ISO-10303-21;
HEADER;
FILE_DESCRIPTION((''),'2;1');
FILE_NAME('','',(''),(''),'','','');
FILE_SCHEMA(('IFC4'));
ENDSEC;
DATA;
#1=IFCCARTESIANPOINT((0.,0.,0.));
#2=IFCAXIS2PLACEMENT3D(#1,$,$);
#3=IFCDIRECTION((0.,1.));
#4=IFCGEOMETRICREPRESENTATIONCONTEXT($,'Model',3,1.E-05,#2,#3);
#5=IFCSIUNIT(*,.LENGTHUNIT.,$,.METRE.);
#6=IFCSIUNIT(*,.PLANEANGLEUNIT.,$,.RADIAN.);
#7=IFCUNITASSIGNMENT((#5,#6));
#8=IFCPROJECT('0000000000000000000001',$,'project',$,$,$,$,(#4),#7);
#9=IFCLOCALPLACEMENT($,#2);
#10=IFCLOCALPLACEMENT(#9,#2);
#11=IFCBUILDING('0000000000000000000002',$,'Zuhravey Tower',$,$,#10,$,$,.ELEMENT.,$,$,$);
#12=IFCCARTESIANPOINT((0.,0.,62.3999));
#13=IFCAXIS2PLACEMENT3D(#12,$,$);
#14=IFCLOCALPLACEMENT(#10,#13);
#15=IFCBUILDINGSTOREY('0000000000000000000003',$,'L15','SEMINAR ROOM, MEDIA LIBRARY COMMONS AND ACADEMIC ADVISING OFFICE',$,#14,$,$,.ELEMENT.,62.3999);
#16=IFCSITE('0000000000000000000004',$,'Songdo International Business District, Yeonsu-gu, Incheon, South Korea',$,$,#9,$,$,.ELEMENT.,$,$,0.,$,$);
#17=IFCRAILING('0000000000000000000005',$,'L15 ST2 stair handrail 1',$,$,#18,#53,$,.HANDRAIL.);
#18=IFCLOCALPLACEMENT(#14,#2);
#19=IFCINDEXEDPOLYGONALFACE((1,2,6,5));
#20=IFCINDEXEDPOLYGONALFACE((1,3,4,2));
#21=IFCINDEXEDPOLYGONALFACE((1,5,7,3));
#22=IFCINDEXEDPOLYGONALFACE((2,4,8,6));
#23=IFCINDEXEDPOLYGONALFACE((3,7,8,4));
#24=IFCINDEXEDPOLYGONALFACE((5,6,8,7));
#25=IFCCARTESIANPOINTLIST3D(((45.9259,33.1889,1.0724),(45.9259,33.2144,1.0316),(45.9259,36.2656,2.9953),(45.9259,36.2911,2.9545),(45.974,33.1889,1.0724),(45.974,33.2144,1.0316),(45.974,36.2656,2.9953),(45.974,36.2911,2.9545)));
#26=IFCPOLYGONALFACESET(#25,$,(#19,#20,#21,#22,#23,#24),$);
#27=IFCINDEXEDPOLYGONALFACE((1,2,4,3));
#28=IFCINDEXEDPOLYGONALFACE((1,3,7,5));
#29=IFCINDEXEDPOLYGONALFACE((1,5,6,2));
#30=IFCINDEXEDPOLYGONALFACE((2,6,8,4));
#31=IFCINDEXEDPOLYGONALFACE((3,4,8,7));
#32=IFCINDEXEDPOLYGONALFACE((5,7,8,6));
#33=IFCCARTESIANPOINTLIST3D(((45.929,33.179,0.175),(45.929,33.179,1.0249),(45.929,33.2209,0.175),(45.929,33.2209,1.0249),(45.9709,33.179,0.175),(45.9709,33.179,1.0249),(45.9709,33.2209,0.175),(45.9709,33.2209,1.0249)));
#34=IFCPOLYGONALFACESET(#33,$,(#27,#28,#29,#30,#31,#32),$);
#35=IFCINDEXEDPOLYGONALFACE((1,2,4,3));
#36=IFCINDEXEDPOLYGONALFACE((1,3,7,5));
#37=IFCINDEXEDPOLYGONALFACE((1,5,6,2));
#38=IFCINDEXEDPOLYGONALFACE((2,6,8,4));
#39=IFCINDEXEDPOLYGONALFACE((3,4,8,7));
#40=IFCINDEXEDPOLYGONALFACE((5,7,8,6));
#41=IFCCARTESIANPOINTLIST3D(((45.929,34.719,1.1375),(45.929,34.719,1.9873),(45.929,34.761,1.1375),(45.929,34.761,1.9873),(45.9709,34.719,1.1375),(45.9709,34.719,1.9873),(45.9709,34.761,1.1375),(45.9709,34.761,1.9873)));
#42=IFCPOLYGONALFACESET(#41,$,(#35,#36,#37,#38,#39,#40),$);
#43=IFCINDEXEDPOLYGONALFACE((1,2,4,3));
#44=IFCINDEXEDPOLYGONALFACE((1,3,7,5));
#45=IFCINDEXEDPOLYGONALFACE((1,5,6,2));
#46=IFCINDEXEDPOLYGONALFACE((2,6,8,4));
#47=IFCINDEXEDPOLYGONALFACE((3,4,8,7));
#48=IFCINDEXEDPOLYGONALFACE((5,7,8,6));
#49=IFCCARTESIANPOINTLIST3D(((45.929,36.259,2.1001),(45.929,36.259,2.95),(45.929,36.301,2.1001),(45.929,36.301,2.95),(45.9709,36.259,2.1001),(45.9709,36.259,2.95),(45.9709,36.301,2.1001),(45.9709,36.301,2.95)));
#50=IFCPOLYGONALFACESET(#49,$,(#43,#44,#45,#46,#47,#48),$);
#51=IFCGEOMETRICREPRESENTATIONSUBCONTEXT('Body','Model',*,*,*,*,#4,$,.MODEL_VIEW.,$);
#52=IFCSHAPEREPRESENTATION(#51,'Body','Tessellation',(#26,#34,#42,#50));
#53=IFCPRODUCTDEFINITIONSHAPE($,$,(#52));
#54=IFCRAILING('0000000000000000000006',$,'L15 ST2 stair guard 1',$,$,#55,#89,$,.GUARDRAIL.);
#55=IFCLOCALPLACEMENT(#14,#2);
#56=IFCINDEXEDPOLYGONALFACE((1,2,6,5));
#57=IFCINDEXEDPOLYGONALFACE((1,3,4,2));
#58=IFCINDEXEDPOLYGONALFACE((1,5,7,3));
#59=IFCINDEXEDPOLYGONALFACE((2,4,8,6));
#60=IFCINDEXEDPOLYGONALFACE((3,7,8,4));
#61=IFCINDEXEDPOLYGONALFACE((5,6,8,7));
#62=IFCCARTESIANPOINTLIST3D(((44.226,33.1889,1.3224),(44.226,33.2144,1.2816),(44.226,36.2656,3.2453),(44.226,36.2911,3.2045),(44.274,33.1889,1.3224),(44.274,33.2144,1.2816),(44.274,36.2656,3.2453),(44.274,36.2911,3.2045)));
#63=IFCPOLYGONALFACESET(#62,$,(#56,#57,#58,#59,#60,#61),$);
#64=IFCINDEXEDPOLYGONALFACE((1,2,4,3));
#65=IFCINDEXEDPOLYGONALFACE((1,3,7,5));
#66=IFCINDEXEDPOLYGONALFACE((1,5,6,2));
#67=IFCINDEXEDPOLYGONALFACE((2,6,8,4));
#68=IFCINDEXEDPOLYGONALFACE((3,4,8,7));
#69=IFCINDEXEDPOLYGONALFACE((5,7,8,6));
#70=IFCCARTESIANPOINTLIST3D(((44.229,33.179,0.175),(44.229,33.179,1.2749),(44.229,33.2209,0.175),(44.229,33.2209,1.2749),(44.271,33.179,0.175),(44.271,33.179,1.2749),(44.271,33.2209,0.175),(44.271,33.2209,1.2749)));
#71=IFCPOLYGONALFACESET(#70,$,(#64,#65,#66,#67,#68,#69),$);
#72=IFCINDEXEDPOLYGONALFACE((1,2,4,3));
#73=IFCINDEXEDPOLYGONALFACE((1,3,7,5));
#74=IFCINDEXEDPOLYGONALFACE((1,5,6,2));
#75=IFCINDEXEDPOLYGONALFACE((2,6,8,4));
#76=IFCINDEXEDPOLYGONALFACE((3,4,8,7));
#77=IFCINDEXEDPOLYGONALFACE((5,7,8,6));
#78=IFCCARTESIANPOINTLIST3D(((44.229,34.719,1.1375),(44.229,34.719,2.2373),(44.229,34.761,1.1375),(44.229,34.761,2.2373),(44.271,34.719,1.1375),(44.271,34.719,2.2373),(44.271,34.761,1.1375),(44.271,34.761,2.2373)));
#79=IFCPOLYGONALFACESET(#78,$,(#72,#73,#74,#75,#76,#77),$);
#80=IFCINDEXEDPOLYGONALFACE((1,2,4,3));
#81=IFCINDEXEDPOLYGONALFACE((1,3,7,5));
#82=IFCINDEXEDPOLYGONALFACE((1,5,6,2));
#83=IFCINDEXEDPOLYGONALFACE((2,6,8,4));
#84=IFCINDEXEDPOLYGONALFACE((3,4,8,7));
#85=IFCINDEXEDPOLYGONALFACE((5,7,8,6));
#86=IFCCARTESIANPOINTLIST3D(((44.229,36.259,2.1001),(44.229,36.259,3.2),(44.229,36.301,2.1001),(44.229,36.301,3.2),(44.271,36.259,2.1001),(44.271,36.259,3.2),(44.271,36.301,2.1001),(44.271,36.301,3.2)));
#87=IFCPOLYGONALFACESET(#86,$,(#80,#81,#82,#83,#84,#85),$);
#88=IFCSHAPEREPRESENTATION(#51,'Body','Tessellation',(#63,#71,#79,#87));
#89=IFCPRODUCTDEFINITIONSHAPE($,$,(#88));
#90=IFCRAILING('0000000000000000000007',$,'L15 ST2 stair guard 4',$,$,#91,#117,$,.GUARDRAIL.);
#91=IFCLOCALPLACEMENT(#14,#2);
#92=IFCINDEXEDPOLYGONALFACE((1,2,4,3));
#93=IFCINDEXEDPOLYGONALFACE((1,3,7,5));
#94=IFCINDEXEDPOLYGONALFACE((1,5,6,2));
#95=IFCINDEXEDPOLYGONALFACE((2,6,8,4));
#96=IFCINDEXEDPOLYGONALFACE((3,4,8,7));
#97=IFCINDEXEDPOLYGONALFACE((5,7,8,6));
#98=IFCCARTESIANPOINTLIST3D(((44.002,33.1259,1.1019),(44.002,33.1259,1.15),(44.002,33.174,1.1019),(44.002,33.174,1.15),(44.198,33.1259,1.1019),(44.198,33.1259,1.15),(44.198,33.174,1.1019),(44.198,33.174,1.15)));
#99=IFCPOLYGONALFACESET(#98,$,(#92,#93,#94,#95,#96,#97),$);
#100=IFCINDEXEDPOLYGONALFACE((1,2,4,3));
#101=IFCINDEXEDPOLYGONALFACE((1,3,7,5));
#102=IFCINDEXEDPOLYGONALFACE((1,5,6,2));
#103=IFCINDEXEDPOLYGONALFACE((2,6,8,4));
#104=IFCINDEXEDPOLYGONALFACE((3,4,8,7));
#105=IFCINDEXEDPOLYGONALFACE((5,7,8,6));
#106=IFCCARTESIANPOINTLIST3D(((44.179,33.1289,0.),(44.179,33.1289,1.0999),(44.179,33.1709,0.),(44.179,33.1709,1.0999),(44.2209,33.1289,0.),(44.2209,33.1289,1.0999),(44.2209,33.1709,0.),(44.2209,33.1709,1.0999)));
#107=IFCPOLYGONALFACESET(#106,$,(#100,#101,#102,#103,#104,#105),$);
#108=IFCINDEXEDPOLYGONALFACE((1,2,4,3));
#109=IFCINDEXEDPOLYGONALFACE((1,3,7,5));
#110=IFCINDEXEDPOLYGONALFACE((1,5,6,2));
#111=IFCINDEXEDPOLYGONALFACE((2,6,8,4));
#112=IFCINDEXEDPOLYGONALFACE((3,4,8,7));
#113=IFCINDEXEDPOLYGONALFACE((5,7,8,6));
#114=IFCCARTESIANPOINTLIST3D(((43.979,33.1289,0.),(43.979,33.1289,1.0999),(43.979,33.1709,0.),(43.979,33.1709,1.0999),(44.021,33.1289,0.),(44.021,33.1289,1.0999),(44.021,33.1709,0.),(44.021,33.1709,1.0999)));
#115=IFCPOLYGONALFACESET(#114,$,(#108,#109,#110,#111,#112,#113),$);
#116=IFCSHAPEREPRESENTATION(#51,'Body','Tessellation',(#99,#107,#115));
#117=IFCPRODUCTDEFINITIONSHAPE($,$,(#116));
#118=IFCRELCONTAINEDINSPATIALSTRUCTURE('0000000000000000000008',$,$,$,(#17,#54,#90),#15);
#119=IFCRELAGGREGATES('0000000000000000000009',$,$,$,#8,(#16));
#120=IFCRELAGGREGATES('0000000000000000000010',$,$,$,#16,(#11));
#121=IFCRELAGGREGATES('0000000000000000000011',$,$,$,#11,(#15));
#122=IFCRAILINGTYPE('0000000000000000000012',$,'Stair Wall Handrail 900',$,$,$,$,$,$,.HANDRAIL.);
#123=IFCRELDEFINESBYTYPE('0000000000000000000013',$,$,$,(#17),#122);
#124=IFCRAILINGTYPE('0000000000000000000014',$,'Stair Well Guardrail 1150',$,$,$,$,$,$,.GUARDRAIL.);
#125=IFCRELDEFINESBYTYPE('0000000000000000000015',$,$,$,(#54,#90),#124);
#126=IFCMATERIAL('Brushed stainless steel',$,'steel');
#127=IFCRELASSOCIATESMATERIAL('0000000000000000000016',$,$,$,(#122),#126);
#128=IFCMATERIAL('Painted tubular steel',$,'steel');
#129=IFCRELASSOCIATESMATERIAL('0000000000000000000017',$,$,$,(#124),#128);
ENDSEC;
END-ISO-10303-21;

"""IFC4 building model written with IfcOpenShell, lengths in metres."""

from ifc_helpers import new_model, si_unit, direction, frame, origin, origin_2d, place, context, subcontext, project, spatial, rectangle, extrude, material, type_object, element, save


model = new_model("IFC4")

# Units and contexts
model_context = context("Model", 3, precision=1e-05, world=origin(), true_north=direction((0.0, 1.0)))
body_context = subcontext(model_context, "Body", "Model", "MODEL_VIEW")
ifc_project = project(units=[si_unit("LENGTHUNIT", "METRE"), si_unit("PLANEANGLEUNIT", "RADIAN")], contexts=[model_context])

# Site, building, storey
site_placement = place(None, origin())
site = spatial("IfcSite", under=ifc_project, at=site_placement, Name="Songdo International Business District, Yeonsu-gu, Incheon, South Korea", CompositionType="ELEMENT", RefElevation=0.0)
building_placement = place(site_placement, origin())
building = spatial("IfcBuilding", under=site, at=building_placement, Name="Zuhravey Tower", CompositionType="ELEMENT")
storey_placement = place(building_placement, frame((0.0, 0.0, 62.3999)))
storey = spatial("IfcBuildingStorey", under=building, at=storey_placement, Name="L15", Description="SEMINAR ROOM, MEDIA LIBRARY COMMONS AND ACADEMIC ADVISING OFFICE", CompositionType="ELEMENT", Elevation=62.3999)

# Shared definitions
ifc_material_1 = material(Name="Brushed stainless steel", Category="steel")

# Railings
railing_type_1 = type_object("IfcRailingType", Name="Stair Wall Handrail 900", PredefinedType="HANDRAIL", material=ifc_material_1)
railing_1_placement = place(storey_placement, frame((45.95, 33.2, 0.175)))
element("IfcRailing", 1, at=railing_1_placement, inside=storey, type_object=railing_type_1, Name="L15 ST2 stair handrail 1", PredefinedType="HANDRAIL", context=body_context, shape_type="SweptSolid", body=[
    extrude(rectangle(XDim=0.0481, YDim=0.0481, at=origin_2d()), frame((0.0, 0.0017, 0.877), z_axis=(0.0, 0.847998, 0.529999), x_axis=(-1.0, 0.0, 0.0)), (0.0, 0.0, 1.0), 3.6282),
    extrude(rectangle(XDim=0.042, YDim=0.042, at=origin_2d()), origin(), (0.0, 0.0, 1.0), 0.8499),
    extrude(rectangle(XDim=0.042, YDim=0.042, at=origin_2d()), frame((0.0, 1.54, 0.9624)), (0.0, 0.0, 1.0), 0.8499),
    extrude(rectangle(XDim=0.042, YDim=0.042, at=origin_2d()), frame((0.0, 3.0801, 1.925)), (0.0, 0.0, 1.0), 0.8499),
])
ifc_material_2 = material(Name="Painted tubular steel", Category="steel")
railing_type_2 = type_object("IfcRailingType", Name="Stair Well Guardrail 1150", PredefinedType="GUARDRAIL", material=ifc_material_2)
railing_2_placement = place(storey_placement, frame((44.25, 33.2, 0.175)))
element("IfcRailing", 2, at=railing_2_placement, inside=storey, type_object=railing_type_2, Name="L15 ST2 stair guard 1", PredefinedType="GUARDRAIL", context=body_context, shape_type="SweptSolid", body=[
    extrude(rectangle(XDim=0.0481, YDim=0.0481, at=origin_2d()), frame((0.0, 0.0017, 1.127), z_axis=(0.0, 0.847998, 0.529999), x_axis=(-1.0, 0.0, 0.0)), (0.0, 0.0, 1.0), 3.6282),
    extrude(rectangle(XDim=0.042, YDim=0.042, at=origin_2d()), origin(), (0.0, 0.0, 1.0), 1.0999),
    extrude(rectangle(XDim=0.042, YDim=0.042, at=origin_2d()), frame((0.0, 1.54, 0.9624)), (0.0, 0.0, 1.0), 1.0999),
    extrude(rectangle(XDim=0.042, YDim=0.042, at=origin_2d()), frame((0.0, 3.0801, 1.925)), (0.0, 0.0, 1.0), 1.0999),
])
railing_3_placement = place(storey_placement, frame((44.2, 33.1499, 0.0)))
element("IfcRailing", 3, at=railing_3_placement, inside=storey, type_object=railing_type_2, Name="L15 ST2 stair guard 4", PredefinedType="GUARDRAIL", context=body_context, shape_type="SweptSolid", body=[
    extrude(rectangle(XDim=0.0481, YDim=0.0481, at=origin_2d()), frame((-0.002, 0.0, 1.126), z_axis=(-1.0, 0.0, 0.0), x_axis=(0.0, -1.0, 0.0)), (0.0, 0.0, 1.0), 0.196),
    extrude(rectangle(XDim=0.042, YDim=0.042, at=origin_2d()), origin(), (0.0, 0.0, 1.0), 1.0999),
    extrude(rectangle(XDim=0.042, YDim=0.042, at=origin_2d()), frame((-0.2, 0.0, 0.0)), (0.0, 0.0, 1.0), 1.0999),
])

save(model, "model.ifc")
